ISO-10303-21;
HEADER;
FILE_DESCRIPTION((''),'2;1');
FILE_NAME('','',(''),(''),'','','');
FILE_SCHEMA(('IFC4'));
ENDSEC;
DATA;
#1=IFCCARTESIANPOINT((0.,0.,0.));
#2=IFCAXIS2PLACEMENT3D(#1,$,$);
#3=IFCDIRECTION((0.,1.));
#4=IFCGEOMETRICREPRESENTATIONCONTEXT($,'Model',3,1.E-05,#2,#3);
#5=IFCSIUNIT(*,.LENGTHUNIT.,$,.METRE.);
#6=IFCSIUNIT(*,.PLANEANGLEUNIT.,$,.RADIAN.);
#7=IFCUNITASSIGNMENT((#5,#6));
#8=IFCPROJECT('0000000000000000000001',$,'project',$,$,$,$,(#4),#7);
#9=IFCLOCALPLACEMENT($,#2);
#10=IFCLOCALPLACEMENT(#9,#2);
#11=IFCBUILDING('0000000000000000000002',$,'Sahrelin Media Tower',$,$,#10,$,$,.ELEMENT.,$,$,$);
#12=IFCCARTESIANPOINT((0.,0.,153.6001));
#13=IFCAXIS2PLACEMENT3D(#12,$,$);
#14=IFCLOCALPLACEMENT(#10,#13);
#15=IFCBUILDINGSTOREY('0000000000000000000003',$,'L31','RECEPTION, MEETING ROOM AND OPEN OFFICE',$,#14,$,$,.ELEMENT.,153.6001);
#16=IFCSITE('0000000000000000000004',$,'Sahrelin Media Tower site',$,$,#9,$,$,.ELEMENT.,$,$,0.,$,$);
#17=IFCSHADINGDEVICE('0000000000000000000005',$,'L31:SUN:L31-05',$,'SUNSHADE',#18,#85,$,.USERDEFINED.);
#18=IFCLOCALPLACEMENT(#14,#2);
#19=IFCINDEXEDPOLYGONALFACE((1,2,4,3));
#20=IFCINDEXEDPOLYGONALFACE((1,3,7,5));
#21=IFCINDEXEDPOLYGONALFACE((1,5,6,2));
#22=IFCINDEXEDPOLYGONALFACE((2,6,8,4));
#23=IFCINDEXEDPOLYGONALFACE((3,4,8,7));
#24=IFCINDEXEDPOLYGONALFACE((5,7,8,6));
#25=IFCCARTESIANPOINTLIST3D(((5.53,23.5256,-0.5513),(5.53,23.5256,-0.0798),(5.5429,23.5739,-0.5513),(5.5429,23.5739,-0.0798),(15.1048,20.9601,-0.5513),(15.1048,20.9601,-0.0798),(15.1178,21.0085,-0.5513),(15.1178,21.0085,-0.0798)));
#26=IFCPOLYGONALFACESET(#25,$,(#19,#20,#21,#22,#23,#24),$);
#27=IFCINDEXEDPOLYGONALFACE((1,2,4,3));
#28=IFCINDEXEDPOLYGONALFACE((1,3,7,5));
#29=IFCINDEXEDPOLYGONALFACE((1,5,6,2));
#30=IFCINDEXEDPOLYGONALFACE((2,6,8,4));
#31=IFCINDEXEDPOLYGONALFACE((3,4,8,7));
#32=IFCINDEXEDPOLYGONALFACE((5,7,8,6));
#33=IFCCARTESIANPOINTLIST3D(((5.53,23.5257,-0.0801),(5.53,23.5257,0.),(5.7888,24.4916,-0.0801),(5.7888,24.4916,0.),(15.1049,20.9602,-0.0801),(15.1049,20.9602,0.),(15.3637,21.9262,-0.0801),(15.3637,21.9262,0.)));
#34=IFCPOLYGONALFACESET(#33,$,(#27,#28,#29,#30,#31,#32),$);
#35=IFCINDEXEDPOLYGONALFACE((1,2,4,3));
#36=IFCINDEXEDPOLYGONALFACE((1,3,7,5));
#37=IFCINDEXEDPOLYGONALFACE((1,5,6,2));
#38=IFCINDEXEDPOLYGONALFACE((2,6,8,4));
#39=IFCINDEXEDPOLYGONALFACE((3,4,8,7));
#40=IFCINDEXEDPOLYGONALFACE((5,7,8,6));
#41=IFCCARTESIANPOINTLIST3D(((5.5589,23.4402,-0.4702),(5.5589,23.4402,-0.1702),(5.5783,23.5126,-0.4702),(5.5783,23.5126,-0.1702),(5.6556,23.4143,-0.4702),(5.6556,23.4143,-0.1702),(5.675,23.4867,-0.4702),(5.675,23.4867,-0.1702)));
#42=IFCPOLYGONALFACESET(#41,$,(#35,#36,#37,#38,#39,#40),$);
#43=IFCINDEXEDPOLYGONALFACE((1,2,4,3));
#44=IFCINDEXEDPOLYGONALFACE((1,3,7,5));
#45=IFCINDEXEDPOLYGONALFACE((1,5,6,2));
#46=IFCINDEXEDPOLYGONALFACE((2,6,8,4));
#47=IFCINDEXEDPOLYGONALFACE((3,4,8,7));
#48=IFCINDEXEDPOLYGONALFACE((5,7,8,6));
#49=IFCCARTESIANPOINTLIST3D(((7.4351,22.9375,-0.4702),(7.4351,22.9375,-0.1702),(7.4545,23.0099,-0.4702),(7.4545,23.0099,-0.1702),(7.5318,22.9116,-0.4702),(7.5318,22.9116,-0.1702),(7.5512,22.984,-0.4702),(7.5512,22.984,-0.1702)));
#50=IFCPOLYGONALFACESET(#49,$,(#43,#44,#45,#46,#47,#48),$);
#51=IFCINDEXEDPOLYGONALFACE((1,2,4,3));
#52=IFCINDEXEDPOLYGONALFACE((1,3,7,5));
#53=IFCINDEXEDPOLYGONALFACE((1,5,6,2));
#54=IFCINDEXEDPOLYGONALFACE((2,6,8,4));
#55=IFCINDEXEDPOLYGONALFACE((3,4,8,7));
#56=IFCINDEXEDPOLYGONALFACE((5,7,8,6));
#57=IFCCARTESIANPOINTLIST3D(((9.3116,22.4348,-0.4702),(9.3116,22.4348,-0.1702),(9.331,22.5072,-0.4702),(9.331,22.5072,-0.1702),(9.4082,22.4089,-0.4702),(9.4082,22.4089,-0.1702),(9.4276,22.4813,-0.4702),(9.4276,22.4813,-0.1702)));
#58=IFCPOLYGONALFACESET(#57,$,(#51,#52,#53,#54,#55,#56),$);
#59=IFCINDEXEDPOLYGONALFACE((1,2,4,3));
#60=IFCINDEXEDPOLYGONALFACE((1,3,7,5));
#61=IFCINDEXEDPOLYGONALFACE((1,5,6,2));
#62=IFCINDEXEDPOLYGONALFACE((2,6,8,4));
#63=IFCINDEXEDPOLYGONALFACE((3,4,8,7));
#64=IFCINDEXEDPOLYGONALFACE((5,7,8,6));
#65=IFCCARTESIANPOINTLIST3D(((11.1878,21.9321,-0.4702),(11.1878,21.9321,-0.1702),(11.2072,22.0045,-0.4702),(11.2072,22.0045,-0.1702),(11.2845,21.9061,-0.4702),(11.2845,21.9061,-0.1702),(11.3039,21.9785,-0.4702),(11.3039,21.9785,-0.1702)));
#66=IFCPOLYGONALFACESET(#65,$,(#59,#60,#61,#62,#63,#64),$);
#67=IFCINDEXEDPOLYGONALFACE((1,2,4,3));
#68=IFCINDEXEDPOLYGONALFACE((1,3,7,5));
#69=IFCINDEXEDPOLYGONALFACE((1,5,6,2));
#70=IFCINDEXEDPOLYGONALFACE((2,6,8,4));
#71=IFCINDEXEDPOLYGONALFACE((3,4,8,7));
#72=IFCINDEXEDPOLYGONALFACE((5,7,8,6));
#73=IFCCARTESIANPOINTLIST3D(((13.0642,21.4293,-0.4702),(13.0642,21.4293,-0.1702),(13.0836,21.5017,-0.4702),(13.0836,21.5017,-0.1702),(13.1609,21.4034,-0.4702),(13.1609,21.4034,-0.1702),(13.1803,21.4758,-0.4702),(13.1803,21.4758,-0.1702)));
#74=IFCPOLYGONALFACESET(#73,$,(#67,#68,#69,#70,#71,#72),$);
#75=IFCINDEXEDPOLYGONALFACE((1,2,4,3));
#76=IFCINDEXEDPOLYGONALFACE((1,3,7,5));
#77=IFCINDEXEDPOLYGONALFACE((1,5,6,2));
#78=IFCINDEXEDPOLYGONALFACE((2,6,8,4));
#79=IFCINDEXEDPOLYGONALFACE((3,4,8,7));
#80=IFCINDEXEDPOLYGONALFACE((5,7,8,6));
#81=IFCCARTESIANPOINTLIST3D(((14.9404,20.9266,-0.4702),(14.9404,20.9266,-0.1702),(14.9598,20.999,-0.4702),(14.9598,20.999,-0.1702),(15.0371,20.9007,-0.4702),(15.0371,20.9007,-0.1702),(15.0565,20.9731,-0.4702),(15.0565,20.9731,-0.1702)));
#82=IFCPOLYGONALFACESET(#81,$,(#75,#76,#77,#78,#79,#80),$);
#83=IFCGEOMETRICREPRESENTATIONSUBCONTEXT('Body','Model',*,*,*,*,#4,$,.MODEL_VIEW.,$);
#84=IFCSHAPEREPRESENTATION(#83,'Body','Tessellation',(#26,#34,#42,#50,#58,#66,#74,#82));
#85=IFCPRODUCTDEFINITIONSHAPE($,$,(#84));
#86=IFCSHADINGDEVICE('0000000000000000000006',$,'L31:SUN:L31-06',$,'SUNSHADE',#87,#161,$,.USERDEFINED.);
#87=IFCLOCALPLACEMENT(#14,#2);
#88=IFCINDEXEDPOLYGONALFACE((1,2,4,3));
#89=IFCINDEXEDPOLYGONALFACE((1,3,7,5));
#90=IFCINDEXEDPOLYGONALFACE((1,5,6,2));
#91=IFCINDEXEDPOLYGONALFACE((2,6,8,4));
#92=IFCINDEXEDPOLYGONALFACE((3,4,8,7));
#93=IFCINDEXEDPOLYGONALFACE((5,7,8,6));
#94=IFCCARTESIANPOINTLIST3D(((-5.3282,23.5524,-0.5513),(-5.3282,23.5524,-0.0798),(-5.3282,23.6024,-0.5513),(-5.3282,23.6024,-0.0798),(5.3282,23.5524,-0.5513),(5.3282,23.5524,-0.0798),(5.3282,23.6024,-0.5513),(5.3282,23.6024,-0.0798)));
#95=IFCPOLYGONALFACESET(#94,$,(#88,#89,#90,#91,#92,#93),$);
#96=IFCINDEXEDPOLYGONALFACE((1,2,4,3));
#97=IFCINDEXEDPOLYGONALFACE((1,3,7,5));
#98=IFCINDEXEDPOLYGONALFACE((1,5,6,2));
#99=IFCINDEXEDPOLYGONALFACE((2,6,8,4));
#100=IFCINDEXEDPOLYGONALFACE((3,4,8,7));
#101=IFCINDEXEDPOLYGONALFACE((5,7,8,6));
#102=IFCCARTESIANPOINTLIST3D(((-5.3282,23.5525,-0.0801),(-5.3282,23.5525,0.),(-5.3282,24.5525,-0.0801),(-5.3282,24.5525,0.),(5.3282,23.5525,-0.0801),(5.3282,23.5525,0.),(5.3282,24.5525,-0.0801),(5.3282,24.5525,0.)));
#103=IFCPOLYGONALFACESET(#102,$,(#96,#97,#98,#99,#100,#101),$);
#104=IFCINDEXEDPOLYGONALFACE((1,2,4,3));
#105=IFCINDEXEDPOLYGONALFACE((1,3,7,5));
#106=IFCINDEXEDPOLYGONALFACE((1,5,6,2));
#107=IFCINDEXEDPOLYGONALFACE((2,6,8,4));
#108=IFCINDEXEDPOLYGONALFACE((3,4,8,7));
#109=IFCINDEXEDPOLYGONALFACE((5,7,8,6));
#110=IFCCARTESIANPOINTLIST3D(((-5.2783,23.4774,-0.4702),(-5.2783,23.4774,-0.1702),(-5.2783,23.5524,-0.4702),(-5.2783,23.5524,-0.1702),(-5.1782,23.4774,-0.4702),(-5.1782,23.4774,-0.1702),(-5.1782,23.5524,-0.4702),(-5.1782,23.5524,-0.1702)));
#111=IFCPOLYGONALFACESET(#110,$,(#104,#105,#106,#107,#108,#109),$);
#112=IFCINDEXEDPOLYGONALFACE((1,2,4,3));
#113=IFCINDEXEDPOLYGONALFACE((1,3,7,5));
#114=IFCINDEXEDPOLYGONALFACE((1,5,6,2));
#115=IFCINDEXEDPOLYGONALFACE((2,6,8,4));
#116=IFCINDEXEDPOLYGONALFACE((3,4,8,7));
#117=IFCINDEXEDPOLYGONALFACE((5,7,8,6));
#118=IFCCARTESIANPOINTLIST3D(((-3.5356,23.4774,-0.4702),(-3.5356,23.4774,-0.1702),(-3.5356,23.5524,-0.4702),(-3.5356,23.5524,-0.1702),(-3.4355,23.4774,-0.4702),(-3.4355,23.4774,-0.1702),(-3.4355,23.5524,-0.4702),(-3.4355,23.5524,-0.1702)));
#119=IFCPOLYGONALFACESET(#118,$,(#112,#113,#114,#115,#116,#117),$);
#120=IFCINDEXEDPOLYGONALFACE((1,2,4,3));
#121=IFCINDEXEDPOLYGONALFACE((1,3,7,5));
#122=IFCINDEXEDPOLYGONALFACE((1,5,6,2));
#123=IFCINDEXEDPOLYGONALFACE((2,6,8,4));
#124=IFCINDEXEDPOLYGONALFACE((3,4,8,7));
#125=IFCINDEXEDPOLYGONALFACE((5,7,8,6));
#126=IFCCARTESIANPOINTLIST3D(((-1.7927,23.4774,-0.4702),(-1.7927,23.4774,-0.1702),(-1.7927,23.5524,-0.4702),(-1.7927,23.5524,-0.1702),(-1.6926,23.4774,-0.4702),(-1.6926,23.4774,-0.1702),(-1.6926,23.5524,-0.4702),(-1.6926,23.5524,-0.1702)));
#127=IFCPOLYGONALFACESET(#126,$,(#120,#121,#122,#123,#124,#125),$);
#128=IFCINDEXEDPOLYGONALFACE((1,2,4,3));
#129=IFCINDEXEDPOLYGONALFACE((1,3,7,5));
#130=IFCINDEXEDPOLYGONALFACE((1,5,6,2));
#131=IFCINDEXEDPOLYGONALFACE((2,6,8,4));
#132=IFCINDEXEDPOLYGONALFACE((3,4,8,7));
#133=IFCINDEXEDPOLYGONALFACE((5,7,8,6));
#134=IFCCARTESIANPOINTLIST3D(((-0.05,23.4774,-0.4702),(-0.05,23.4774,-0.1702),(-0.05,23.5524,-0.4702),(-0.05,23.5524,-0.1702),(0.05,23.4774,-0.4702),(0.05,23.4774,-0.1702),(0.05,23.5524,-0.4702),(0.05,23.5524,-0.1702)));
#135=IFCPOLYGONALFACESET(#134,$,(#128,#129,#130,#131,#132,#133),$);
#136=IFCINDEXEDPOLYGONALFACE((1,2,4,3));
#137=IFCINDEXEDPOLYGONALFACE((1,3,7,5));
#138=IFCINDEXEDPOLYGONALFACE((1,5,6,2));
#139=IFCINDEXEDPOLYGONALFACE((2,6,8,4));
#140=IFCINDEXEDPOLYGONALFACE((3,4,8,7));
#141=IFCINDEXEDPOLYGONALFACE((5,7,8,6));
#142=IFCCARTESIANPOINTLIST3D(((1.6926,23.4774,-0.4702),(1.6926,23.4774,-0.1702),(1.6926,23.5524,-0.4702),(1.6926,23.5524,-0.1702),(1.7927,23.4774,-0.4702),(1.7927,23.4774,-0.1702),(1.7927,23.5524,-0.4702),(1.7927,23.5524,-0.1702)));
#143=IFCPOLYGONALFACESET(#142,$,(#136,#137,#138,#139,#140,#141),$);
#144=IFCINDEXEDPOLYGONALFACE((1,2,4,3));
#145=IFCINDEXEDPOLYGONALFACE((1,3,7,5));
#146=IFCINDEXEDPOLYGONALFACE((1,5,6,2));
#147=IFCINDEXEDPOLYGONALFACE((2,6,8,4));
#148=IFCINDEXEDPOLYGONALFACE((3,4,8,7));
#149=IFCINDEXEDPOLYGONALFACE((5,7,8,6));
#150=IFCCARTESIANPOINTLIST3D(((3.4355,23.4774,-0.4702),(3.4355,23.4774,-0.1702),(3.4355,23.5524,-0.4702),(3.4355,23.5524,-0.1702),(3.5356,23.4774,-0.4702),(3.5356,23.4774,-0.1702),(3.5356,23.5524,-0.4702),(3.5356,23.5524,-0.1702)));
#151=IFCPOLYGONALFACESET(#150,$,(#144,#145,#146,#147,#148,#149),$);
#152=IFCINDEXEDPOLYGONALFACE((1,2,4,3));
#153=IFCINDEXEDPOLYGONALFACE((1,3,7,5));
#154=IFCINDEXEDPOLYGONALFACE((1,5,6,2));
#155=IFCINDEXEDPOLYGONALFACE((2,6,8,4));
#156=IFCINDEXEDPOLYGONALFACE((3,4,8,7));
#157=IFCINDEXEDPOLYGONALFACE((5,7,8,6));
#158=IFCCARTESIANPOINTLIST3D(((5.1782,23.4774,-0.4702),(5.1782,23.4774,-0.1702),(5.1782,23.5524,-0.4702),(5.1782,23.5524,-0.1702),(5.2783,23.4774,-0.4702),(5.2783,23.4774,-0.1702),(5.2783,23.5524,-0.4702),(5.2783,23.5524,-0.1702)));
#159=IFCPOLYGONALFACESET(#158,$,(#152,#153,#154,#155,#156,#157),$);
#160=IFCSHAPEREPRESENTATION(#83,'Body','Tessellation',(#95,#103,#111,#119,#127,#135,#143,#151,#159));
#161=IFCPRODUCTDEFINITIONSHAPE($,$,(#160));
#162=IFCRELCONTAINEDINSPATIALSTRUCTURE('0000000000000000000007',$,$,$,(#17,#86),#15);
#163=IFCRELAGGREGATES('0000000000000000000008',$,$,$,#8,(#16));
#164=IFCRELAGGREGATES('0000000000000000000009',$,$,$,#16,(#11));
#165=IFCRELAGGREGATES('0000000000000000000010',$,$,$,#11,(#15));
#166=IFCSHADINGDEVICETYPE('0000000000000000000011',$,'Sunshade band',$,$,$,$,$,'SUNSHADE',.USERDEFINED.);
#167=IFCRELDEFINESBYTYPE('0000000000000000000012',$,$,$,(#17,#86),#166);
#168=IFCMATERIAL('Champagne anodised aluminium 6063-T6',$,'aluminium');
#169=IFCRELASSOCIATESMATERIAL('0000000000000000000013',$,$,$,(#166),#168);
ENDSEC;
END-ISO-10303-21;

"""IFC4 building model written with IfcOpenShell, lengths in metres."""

from ifc_helpers import new_model, si_unit, direction, frame, origin, origin_2d, place, context, subcontext, project, spatial, rectangle, extrude, material, type_object, element, save


model = new_model("IFC4")

# Units and contexts
model_context = context("Model", 3, precision=1e-05, world=origin(), true_north=direction((0.0, 1.0)))
body_context = subcontext(model_context, "Body", "Model", "MODEL_VIEW")
ifc_project = project(units=[si_unit("LENGTHUNIT", "METRE"), si_unit("PLANEANGLEUNIT", "RADIAN")], contexts=[model_context])

# Site, building, storey
site_placement = place(None, origin())
site = spatial("IfcSite", under=ifc_project, at=site_placement, Name="Sahrelin Media Tower site", CompositionType="ELEMENT", RefElevation=0.0)
building_placement = place(site_placement, origin())
building = spatial("IfcBuilding", under=site, at=building_placement, Name="Sahrelin Media Tower", CompositionType="ELEMENT")
storey_placement = place(building_placement, frame((0.0, 0.0, 153.6001)))
storey = spatial("IfcBuildingStorey", under=building, at=storey_placement, Name="L31", Description="RECEPTION, MEETING ROOM AND OPEN OFFICE", CompositionType="ELEMENT", Elevation=153.6001)

# Shared definitions
ifc_material_1 = material(Name="Champagne anodised aluminium 6063-T6", Category="aluminium")
placement_1 = place(storey_placement, frame((0.0, 23.5325, 0.0), z_axis=(0.0, 0.0, 1.0), x_axis=(1.0, 0.0, 0.0)))

# Shading devices
placement_2 = place(storey_placement, frame((10.3123, 22.2236, 0.0), z_axis=(0.0, 0.0, 1.0), x_axis=(0.965929, -0.258808, 0.0)))
shading_device_type_1 = type_object("IfcShadingDeviceType", Name="Sunshade band", ElementType="SUNSHADE", PredefinedType="USERDEFINED", material=ifc_material_1)
element("IfcShadingDevice", 1, at=placement_2, inside=storey, type_object=shading_device_type_1, Name="L31:SUN:L31-05", ObjectType="SUNSHADE", PredefinedType="USERDEFINED", context=body_context, shape_type="SweptSolid", body=[
    extrude(rectangle(XDim=9.9126, YDim=0.05, at=origin_2d()), frame((0.0, 0.0449, -0.5513)), (0.0, 0.0, 1.0), 0.4714),
    extrude(rectangle(XDim=9.9126, YDim=1.0, at=origin_2d()), frame((0.0, 0.52, -0.0801)), (0.0, 0.0, 1.0), 0.0801),
    extrude(rectangle(XDim=0.1001, YDim=0.075, at=origin_2d()), frame((-4.8562, -0.0176, -0.4702)), (0.0, 0.0, 1.0), 0.3),
    extrude(rectangle(XDim=0.1001, YDim=0.075, at=origin_2d()), frame((-2.9138, -0.0176, -0.4702)), (0.0, 0.0, 1.0), 0.3),
    extrude(rectangle(XDim=0.1001, YDim=0.075, at=origin_2d()), frame((-0.9712, -0.0176, -0.4702)), (0.0, 0.0, 1.0), 0.3),
    extrude(rectangle(XDim=0.1001, YDim=0.075, at=origin_2d()), frame((0.9712, -0.0176, -0.4702)), (0.0, 0.0, 1.0), 0.3),
    extrude(rectangle(XDim=0.1001, YDim=0.075, at=origin_2d()), frame((2.9138, -0.0176, -0.4702)), (0.0, 0.0, 1.0), 0.3),
    extrude(rectangle(XDim=0.1001, YDim=0.075, at=origin_2d()), frame((4.8562, -0.0176, -0.4702)), (0.0, 0.0, 1.0), 0.3),
])
element("IfcShadingDevice", 2, at=placement_1, inside=storey, type_object=shading_device_type_1, Name="L31:SUN:L31-06", ObjectType="SUNSHADE", PredefinedType="USERDEFINED", context=body_context, shape_type="SweptSolid", body=[
    extrude(rectangle(XDim=10.6565, YDim=0.05, at=origin_2d()), frame((0.0, 0.0449, -0.5513)), (0.0, 0.0, 1.0), 0.4714),
    extrude(rectangle(XDim=10.6565, YDim=1.0, at=origin_2d()), frame((0.0, 0.52, -0.0801)), (0.0, 0.0, 1.0), 0.0801),
    extrude(rectangle(XDim=0.1001, YDim=0.075, at=origin_2d()), frame((-5.2283, -0.0176, -0.4702)), (0.0, 0.0, 1.0), 0.3),
    extrude(rectangle(XDim=0.1001, YDim=0.075, at=origin_2d()), frame((-3.4856, -0.0176, -0.4702)), (0.0, 0.0, 1.0), 0.3),
    extrude(rectangle(XDim=0.1001, YDim=0.075, at=origin_2d()), frame((-1.7427, -0.0176, -0.4702)), (0.0, 0.0, 1.0), 0.3),
    extrude(rectangle(XDim=0.1001, YDim=0.075, at=origin_2d()), frame((0.0, -0.0176, -0.4702)), (0.0, 0.0, 1.0), 0.3),
    extrude(rectangle(XDim=0.1001, YDim=0.075, at=origin_2d()), frame((1.7427, -0.0176, -0.4702)), (0.0, 0.0, 1.0), 0.3),
    extrude(rectangle(XDim=0.1001, YDim=0.075, at=origin_2d()), frame((3.4856, -0.0176, -0.4702)), (0.0, 0.0, 1.0), 0.3),
    extrude(rectangle(XDim=0.1001, YDim=0.075, at=origin_2d()), frame((5.2283, -0.0176, -0.4702)), (0.0, 0.0, 1.0), 0.3),
])

save(model, "model.ifc")
